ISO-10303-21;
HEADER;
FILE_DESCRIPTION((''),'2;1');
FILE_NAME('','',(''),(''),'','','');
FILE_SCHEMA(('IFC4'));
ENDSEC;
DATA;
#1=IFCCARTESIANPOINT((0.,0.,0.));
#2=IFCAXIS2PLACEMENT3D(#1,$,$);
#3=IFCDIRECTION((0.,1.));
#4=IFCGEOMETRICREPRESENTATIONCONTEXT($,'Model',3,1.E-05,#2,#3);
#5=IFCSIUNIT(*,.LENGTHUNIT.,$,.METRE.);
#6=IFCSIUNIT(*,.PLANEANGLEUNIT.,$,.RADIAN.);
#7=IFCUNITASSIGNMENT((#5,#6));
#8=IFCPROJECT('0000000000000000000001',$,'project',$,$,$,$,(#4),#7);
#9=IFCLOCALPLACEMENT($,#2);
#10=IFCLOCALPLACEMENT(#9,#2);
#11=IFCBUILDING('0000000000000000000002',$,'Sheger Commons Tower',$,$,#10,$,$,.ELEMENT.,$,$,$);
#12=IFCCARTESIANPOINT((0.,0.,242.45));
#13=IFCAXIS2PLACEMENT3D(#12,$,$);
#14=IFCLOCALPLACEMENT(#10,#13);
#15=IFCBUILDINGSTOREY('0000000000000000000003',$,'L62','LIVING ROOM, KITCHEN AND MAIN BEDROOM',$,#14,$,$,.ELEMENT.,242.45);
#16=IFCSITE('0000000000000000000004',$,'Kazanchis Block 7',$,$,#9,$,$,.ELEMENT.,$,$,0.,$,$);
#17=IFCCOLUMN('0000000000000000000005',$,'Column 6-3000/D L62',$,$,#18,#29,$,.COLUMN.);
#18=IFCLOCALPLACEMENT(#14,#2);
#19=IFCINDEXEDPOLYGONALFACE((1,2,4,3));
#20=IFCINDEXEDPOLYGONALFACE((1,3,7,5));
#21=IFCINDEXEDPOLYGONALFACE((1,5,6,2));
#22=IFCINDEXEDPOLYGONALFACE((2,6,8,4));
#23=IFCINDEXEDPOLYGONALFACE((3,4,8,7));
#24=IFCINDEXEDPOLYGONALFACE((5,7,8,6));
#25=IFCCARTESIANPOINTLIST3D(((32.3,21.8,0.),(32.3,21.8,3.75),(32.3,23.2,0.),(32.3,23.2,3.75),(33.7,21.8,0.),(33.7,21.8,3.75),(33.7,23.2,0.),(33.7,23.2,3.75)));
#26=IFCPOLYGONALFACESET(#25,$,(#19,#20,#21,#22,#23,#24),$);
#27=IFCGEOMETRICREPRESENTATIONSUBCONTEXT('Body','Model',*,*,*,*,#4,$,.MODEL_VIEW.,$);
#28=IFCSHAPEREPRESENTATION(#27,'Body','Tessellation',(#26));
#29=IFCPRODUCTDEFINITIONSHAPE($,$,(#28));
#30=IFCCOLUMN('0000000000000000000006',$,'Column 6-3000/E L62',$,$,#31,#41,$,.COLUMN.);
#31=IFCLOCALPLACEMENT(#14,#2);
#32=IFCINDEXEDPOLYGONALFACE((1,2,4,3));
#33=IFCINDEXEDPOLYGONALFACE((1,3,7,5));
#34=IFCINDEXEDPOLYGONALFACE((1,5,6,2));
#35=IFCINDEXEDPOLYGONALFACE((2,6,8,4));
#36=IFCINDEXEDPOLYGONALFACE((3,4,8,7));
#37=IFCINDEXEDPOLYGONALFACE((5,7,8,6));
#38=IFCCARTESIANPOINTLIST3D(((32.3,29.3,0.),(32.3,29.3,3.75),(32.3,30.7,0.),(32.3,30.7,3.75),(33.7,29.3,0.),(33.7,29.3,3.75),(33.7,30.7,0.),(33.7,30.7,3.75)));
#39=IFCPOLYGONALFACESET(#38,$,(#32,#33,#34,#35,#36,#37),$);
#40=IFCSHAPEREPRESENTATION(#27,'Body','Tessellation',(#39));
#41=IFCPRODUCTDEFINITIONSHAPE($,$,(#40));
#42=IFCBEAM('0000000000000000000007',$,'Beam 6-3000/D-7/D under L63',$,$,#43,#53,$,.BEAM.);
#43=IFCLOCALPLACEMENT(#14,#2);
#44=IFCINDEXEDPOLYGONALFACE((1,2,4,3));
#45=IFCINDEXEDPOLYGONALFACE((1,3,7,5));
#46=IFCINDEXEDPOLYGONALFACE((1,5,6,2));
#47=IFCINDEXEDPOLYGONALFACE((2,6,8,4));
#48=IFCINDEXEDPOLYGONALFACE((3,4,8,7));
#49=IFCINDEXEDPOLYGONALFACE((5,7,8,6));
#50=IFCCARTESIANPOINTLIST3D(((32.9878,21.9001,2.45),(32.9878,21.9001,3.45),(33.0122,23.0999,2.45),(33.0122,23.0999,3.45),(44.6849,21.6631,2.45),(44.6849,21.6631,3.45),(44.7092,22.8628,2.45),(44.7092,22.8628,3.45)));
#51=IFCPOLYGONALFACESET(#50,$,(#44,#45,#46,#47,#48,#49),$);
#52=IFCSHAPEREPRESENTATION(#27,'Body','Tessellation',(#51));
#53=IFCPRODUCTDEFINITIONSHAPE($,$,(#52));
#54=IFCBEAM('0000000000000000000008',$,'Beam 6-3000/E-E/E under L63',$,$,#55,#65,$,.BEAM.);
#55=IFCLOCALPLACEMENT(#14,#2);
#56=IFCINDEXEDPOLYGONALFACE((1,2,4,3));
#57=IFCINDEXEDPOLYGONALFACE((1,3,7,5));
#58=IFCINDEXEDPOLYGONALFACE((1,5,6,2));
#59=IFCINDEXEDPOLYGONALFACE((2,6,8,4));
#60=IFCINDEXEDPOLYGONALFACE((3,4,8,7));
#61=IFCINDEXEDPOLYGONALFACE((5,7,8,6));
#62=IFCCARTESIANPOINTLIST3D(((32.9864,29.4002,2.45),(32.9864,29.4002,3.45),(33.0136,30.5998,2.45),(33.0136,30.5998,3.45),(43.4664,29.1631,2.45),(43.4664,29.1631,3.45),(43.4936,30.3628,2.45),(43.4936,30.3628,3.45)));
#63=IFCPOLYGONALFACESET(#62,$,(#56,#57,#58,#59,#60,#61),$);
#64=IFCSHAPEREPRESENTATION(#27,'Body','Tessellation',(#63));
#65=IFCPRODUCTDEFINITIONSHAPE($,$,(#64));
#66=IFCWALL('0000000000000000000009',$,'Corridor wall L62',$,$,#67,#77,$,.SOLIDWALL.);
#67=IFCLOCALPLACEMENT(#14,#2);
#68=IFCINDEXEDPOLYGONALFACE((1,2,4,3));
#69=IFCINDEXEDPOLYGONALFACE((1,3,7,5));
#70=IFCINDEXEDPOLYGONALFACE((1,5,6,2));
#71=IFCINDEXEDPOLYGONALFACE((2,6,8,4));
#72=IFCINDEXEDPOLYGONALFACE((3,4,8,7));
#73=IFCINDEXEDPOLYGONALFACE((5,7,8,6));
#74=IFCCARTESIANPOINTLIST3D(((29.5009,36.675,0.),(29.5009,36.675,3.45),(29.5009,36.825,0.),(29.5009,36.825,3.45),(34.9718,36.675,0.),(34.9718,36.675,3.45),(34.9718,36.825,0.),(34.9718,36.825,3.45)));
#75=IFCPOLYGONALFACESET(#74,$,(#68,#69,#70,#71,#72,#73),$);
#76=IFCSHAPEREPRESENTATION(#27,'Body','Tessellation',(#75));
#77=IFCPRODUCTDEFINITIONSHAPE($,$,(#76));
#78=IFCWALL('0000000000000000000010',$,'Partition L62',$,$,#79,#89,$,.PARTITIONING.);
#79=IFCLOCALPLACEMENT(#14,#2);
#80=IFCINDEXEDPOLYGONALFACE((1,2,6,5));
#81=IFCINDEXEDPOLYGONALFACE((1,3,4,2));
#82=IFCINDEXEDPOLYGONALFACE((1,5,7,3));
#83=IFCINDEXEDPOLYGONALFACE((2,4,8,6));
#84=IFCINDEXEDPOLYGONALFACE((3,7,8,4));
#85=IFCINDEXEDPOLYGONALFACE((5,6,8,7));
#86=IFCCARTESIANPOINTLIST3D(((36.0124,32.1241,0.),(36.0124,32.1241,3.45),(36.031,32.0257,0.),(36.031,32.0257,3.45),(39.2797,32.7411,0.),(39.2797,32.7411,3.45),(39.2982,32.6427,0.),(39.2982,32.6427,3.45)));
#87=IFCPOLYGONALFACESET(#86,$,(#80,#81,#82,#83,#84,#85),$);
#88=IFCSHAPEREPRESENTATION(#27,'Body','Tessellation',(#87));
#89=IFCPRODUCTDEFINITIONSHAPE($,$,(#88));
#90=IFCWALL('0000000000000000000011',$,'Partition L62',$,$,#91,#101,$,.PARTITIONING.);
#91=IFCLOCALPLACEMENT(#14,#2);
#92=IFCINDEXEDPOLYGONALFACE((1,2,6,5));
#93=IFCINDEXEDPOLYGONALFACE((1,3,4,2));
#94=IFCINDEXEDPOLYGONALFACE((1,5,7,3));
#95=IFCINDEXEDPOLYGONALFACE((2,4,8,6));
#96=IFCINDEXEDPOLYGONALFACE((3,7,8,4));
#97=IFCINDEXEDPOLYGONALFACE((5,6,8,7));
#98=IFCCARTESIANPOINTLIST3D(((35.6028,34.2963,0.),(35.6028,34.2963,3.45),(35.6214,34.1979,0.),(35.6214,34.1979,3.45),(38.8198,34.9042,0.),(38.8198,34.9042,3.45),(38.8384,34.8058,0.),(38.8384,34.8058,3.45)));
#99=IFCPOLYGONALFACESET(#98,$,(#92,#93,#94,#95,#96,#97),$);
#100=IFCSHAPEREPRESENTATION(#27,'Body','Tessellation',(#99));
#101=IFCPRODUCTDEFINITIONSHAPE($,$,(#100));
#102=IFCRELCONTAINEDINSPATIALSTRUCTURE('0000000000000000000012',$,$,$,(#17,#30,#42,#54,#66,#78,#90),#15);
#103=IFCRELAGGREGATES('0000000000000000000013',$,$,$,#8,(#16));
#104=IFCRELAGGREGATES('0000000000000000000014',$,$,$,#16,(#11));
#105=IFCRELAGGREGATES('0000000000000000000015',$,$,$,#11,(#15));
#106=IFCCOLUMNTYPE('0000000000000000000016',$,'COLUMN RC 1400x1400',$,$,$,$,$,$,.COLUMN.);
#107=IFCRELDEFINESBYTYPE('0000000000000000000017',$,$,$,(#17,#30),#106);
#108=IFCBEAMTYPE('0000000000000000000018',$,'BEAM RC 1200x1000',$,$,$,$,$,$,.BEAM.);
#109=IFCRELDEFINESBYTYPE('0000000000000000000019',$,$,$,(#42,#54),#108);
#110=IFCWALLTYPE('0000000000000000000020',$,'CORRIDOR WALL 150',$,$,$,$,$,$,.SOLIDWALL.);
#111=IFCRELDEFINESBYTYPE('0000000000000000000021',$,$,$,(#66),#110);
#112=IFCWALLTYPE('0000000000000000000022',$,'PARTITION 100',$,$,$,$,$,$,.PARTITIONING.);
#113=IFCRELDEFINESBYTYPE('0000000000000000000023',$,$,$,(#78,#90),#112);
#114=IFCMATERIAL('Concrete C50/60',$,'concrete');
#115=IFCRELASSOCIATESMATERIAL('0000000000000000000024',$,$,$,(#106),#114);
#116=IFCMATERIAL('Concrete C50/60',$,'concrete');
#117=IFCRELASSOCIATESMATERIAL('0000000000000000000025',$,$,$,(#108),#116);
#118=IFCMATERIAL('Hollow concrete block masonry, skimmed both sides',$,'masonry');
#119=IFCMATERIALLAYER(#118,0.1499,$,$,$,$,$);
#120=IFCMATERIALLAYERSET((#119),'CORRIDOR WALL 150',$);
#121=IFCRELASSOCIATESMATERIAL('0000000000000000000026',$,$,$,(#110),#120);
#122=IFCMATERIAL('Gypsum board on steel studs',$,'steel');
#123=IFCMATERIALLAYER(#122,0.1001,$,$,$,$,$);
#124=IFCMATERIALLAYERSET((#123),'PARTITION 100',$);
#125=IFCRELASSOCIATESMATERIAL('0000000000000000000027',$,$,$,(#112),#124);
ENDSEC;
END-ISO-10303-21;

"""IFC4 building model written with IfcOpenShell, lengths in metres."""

from ifc_helpers import new_model, si_unit, direction, frame, frame_2d, origin, origin_2d, place, context, subcontext, project, spatial, rectangle, extrude, material, layer, layer_set, material_profile, profile_set, type_object, element, save


model = new_model("IFC4")

# Units and contexts
model_context = context("Model", 3, precision=1e-05, world=origin(), true_north=direction((0.0, 1.0)))
body_context = subcontext(model_context, "Body", "Model", "MODEL_VIEW")
ifc_project = project(units=[si_unit("LENGTHUNIT", "METRE"), si_unit("PLANEANGLEUNIT", "RADIAN")], contexts=[model_context])

# Site, building, storey
site_placement = place(None, origin())
site = spatial("IfcSite", under=ifc_project, at=site_placement, Name="Kazanchis Block 7", CompositionType="ELEMENT", RefElevation=0.0)
building_placement = place(site_placement, origin())
building = spatial("IfcBuilding", under=site, at=building_placement, Name="Sheger Commons Tower", CompositionType="ELEMENT")
storey_placement = place(building_placement, frame((0.0, 0.0, 242.45)))
storey = spatial("IfcBuildingStorey", under=building, at=storey_placement, Name="L62", Description="LIVING ROOM, KITCHEN AND MAIN BEDROOM", CompositionType="ELEMENT", Elevation=242.45)

# Columns
ifc_material_1 = material(Name="Concrete C50/60", Category="concrete")
ifc_material_profile_1 = material_profile(ifc_material_1, rectangle(XDim=1.3999, YDim=1.3999, at=origin_2d()), Name="RC 1400x1400")
ifc_profile_set_1 = profile_set([ifc_material_profile_1], Name="Concrete C50/60")
column_type = type_object("IfcColumnType", Name="COLUMN RC 1400x1400", PredefinedType="COLUMN", material=ifc_profile_set_1)
for number, where, z_axis, x_axis, name in (
    (1, (33.0, 22.5, 0.0), (0.0, 0.0, 1.0), (1.0, 0.0, 0.0), "Column 6-3000/D L62"),
    (2, (33.0, 30.0, 0.0), (0.0, 0.0, 1.0), (1.0, 0.0, 0.0), "Column 6-3000/E L62"),
):
    element("IfcColumn", number, at=place(storey_placement, frame(where, z_axis=z_axis, x_axis=x_axis)), inside=storey, type_object=column_type, Name=name, PredefinedType="COLUMN", context=body_context, shape_type="SweptSolid", body=[
        extrude(rectangle(XDim=1.3999, YDim=1.3999, at=origin_2d()), origin(), (0.0, 0.0, 1.0), 3.75),
    ])

# Beams
ifc_material_2 = material(Name="Concrete C50/60", Category="concrete")
ifc_material_profile_2 = material_profile(ifc_material_2, rectangle(XDim=1.2, YDim=1.0, at=origin_2d()), Name="RC 1200x1000")
ifc_profile_set_2 = profile_set([ifc_material_profile_2], Name="Concrete C50/60")
beam_type = type_object("IfcBeamType", Name="BEAM RC 1200x1000", PredefinedType="BEAM", material=ifc_profile_set_2)
beam_1_placement = place(storey_placement, frame((33.0, 22.5, 2.95), z_axis=(0.999795, -0.020263, 0.0), x_axis=(0.020263, 0.999795, 0.0)))
element("IfcBeam", 3, at=beam_1_placement, inside=storey, type_object=beam_type, Name="Beam 6-3000/D-7/D under L63", PredefinedType="BEAM", context=body_context, shape_type="SweptSolid", body=[
    extrude(rectangle(XDim=1.2, YDim=1.0, at=origin_2d()), origin(), (0.0, 0.0, 1.0), 11.6995),
])
beam_2_placement = place(storey_placement, frame((33.0, 30.0, 2.95), z_axis=(0.999744, -0.022615, 0.0), x_axis=(0.022615, 0.999744, 0.0)))
element("IfcBeam", 4, at=beam_2_placement, inside=storey, type_object=beam_type, Name="Beam 6-3000/E-E/E under L63", PredefinedType="BEAM", context=body_context, shape_type="SweptSolid", body=[
    extrude(rectangle(XDim=1.2, YDim=1.0, at=origin_2d()), origin(), (0.0, 0.0, 1.0), 10.4827),
])

# Walls
ifc_material_3 = material(Name="Hollow concrete block masonry, skimmed both sides", Category="masonry")
ifc_layer_1 = layer(ifc_material_3, 0.1499)
ifc_layer_set_1 = layer_set([ifc_layer_1], Name="CORRIDOR WALL 150")
wall_type_1 = type_object("IfcWallType", Name="CORRIDOR WALL 150", PredefinedType="SOLIDWALL", material=ifc_layer_set_1)
wall_1_placement = place(storey_placement, frame((29.501, 36.75, 0.0), z_axis=(0.0, 0.0, 1.0), x_axis=(1.0, 0.0, 0.0)))
element("IfcWall", 5, at=wall_1_placement, inside=storey, type_object=wall_type_1, Name="Corridor wall L62", PredefinedType="SOLIDWALL", context=body_context, shape_type="SweptSolid", body=[
    extrude(rectangle(XDim=5.4709, YDim=0.1499, at=frame_2d((2.7354, 0.0))), origin(), (0.0, 0.0, 1.0), 3.45),
])
ifc_material_4 = material(Name="Gypsum board on steel studs", Category="steel")
ifc_layer_2 = layer(ifc_material_4, 0.1001)
ifc_layer_set_2 = layer_set([ifc_layer_2], Name="PARTITION 100")
wall_type_2 = type_object("IfcWallType", Name="PARTITION 100", PredefinedType="PARTITIONING", material=ifc_layer_set_2)
wall_2_placement = place(storey_placement, frame((39.2891, 32.6919, 0.0), z_axis=(0.0, 0.0, 1.0), x_axis=(-0.982634, -0.185556, 0.0)))
element("IfcWall", 6, at=wall_2_placement, inside=storey, type_object=wall_type_2, Name="Partition L62", PredefinedType="PARTITIONING", context=body_context, shape_type="SweptSolid", body=[
    extrude(rectangle(XDim=3.325, YDim=0.1001, at=frame_2d((1.6626, 0.0))), origin(), (0.0, 0.0, 1.0), 3.45),
])
wall_3_placement = place(storey_placement, frame((38.8291, 34.855, 0.0), z_axis=(0.0, 0.0, 1.0), x_axis=(-0.98261, -0.18568, 0.0)))
element("IfcWall", 7, at=wall_3_placement, inside=storey, type_object=wall_type_2, Name="Partition L62", PredefinedType="PARTITIONING", context=body_context, shape_type="SweptSolid", body=[
    extrude(rectangle(XDim=3.2739, YDim=0.1001, at=frame_2d((1.637, 0.0))), origin(), (0.0, 0.0, 1.0), 3.45),
])

save(model, "model.ifc")
